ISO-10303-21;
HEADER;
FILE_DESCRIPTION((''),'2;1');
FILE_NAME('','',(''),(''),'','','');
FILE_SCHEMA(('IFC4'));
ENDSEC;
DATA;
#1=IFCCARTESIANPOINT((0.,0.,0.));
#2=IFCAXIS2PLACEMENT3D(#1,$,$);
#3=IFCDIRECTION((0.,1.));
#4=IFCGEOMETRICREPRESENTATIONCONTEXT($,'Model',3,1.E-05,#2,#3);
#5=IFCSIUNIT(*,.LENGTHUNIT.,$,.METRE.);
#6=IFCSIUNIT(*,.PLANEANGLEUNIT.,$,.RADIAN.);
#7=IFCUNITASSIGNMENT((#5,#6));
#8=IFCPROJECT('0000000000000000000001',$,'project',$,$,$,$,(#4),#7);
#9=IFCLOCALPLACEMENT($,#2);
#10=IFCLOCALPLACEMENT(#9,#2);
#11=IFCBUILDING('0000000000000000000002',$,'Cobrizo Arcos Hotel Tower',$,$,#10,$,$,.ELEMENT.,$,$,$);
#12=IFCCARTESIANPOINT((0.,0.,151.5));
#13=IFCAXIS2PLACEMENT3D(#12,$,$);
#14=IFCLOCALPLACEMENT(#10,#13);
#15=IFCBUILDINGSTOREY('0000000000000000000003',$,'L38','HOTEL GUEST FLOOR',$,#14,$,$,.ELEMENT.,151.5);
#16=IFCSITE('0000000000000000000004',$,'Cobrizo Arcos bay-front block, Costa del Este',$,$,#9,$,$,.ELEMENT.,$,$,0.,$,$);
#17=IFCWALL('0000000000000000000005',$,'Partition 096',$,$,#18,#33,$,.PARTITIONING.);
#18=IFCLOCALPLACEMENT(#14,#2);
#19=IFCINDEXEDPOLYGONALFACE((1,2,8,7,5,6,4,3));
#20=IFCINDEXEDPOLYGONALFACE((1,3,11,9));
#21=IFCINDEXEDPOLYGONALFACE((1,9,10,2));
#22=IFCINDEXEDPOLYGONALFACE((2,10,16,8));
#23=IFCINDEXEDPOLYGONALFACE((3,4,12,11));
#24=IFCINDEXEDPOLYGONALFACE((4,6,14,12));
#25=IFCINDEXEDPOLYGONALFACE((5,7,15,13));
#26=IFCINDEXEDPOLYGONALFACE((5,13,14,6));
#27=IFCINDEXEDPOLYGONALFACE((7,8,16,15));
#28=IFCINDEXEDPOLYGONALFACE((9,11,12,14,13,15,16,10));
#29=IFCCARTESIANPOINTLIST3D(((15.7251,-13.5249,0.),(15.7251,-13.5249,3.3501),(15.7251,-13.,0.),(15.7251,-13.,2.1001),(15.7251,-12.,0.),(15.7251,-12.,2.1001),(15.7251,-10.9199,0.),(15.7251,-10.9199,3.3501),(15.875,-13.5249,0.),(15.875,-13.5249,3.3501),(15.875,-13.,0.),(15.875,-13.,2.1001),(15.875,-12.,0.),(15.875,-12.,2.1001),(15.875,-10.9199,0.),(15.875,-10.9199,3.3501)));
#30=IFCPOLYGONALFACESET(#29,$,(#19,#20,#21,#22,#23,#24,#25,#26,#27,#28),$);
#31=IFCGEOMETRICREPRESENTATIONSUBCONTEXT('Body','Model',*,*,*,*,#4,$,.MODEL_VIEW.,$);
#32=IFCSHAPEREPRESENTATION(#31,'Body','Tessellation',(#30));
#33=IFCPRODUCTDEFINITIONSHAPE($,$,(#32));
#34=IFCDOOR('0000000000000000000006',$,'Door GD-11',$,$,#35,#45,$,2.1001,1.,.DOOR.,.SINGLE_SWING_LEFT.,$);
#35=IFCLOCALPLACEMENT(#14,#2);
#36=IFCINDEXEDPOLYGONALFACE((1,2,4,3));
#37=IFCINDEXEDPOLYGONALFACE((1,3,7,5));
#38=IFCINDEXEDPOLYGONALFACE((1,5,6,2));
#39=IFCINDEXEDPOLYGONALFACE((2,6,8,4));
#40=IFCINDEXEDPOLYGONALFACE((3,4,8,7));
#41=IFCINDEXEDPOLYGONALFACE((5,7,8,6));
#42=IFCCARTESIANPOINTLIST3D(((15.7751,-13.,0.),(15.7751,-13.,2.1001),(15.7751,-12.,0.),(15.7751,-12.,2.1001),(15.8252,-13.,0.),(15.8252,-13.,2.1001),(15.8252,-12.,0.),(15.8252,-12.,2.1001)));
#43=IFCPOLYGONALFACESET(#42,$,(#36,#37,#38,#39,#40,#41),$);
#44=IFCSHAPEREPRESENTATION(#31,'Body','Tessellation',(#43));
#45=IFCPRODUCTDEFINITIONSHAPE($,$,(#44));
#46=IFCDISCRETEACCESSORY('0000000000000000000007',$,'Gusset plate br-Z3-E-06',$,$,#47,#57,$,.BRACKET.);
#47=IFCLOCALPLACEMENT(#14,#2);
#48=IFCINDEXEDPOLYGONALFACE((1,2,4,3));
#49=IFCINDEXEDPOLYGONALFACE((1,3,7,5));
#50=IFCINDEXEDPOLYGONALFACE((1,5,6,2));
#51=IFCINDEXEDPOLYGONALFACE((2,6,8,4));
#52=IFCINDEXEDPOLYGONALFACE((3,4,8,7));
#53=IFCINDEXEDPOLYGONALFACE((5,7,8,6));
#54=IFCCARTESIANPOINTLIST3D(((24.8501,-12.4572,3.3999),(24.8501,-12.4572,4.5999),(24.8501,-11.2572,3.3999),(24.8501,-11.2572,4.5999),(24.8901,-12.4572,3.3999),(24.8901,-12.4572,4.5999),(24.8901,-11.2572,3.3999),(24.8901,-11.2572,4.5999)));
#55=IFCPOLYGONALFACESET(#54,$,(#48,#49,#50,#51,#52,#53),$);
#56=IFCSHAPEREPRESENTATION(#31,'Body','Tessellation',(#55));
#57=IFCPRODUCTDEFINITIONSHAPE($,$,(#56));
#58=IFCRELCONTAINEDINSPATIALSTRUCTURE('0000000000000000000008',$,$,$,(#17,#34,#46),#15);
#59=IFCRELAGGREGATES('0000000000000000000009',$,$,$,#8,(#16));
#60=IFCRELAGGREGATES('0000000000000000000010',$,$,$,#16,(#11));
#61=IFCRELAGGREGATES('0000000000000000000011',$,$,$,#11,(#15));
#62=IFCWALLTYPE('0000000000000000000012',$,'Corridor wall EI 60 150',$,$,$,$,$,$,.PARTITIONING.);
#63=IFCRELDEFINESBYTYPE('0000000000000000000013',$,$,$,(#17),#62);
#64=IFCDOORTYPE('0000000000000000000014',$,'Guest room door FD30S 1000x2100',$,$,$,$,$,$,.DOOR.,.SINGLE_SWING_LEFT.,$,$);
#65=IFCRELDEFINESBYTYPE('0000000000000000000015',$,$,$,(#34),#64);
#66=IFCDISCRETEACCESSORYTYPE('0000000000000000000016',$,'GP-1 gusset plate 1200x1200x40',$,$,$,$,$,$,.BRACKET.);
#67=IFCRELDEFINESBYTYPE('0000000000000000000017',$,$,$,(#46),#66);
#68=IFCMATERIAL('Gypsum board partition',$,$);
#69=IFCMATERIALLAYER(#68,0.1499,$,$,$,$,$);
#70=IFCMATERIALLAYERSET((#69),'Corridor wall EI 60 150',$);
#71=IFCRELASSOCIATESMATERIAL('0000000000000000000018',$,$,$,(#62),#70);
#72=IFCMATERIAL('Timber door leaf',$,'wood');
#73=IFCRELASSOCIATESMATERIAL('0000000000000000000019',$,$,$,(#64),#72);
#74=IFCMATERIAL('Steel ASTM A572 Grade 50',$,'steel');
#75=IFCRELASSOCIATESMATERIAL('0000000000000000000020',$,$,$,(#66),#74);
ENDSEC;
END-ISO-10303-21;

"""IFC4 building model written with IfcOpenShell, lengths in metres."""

from ifc_helpers import new_model, si_unit, direction, frame, frame_2d, origin, origin_2d, place, context, subcontext, project, spatial, rectangle, extrude, material, layer, layer_set, type_object, element, fill, save


model = new_model("IFC4")

# Units and contexts
model_context = context("Model", 3, precision=1e-05, world=origin(), true_north=direction((0.0, 1.0)))
body_context = subcontext(model_context, "Body", "Model", "MODEL_VIEW")
ifc_project = project(units=[si_unit("LENGTHUNIT", "METRE"), si_unit("PLANEANGLEUNIT", "RADIAN")], contexts=[model_context])

# Site, building, storey
site_placement = place(None, origin())
site = spatial("IfcSite", under=ifc_project, at=site_placement, Name="Cobrizo Arcos bay-front block, Costa del Este", CompositionType="ELEMENT", RefElevation=0.0)
building_placement = place(site_placement, origin())
building = spatial("IfcBuilding", under=site, at=building_placement, Name="Cobrizo Arcos Hotel Tower", CompositionType="ELEMENT")
storey_placement = place(building_placement, frame((0.0, 0.0, 151.5)))
storey = spatial("IfcBuildingStorey", under=building, at=storey_placement, Name="L38", Description="HOTEL GUEST FLOOR", CompositionType="ELEMENT", Elevation=151.5)

# Shared definitions
ifc_material_1 = material(Name="Steel ASTM A572 Grade 50", Category="steel")

# Wall, opening, door
ifc_material_2 = material(Name="Gypsum board partition")
ifc_layer_1 = layer(ifc_material_2, 0.1499)
ifc_layer_set_1 = layer_set([ifc_layer_1], Name="Corridor wall EI 60 150")
wall_type = type_object("IfcWallType", Name="Corridor wall EI 60 150", PredefinedType="PARTITIONING", material=ifc_layer_set_1)
wall_placement = place(storey_placement, frame((15.8, -13.5249, 0.0), z_axis=(0.0, 0.0, 1.0), x_axis=(0.0, 1.0, 0.0)))
wall = element("IfcWall", 1, at=wall_placement, inside=storey, type_object=wall_type, Name="Partition 096", PredefinedType="PARTITIONING", context=body_context, shape_type="SweptSolid", body=[
    extrude(rectangle(XDim=2.605, YDim=0.1499, at=frame_2d((1.3025, 0.0))), origin(), (0.0, 0.0, 1.0), 3.3501),
])
opening_placement = place(wall_placement, frame((0.5249, 0.0, 0.0)))
opening = element("IfcOpeningElement", 2, at=opening_placement, cuts=wall, PredefinedType="OPENING", context=body_context, shape_type="SweptSolid", body=[
    extrude(rectangle(XDim=1.0, YDim=2.1001, at=frame_2d((0.5, 1.05))), frame((0.0, 0.0869, 0.0), z_axis=(0.0, -1.0, 0.0), x_axis=(1.0, 0.0, 0.0)), (0.0, 0.0, 1.0), 0.1738),
])
ifc_material_3 = material(Name="Timber door leaf", Category="wood")
door_type = type_object("IfcDoorType", Name="Guest room door FD30S 1000x2100", OperationType="SINGLE_SWING_LEFT", PredefinedType="DOOR", material=ifc_material_3)
door_placement = place(opening_placement, origin())
door = element("IfcDoor", 3, at=door_placement, inside=storey, type_object=door_type, Name="Door GD-11", OperationType="SINGLE_SWING_LEFT", OverallHeight=2.1001, OverallWidth=1.0, PredefinedType="DOOR", context=body_context, shape_type="SweptSolid", body=[
    extrude(rectangle(XDim=1.0, YDim=2.1001, at=frame_2d((0.5, 1.05))), frame((0.0, 0.0249, 0.0), z_axis=(0.0, -1.0, 0.0), x_axis=(1.0, 0.0, 0.0)), (0.0, 0.0, 1.0), 0.05),
])
fill(opening, door)

# Discrete accessory
discrete_accessory_type = type_object("IfcDiscreteAccessoryType", Name="GP-1 gusset plate 1200x1200x40", PredefinedType="BRACKET", material=ifc_material_1)
discrete_accessory_placement = place(storey_placement, frame((24.8701, -11.8572, 3.3999), z_axis=(0.0, 0.0, 1.0), x_axis=(1.0, 0.0, 0.0)))
element("IfcDiscreteAccessory", 4, at=discrete_accessory_placement, inside=storey, type_object=discrete_accessory_type, Name="Gusset plate br-Z3-E-06", PredefinedType="BRACKET", context=body_context, shape_type="SweptSolid", body=[
    extrude(rectangle(XDim=0.04, YDim=1.2, at=origin_2d()), origin(), (0.0, 0.0, 1.0), 1.2),
])

save(model, "model.ifc")
